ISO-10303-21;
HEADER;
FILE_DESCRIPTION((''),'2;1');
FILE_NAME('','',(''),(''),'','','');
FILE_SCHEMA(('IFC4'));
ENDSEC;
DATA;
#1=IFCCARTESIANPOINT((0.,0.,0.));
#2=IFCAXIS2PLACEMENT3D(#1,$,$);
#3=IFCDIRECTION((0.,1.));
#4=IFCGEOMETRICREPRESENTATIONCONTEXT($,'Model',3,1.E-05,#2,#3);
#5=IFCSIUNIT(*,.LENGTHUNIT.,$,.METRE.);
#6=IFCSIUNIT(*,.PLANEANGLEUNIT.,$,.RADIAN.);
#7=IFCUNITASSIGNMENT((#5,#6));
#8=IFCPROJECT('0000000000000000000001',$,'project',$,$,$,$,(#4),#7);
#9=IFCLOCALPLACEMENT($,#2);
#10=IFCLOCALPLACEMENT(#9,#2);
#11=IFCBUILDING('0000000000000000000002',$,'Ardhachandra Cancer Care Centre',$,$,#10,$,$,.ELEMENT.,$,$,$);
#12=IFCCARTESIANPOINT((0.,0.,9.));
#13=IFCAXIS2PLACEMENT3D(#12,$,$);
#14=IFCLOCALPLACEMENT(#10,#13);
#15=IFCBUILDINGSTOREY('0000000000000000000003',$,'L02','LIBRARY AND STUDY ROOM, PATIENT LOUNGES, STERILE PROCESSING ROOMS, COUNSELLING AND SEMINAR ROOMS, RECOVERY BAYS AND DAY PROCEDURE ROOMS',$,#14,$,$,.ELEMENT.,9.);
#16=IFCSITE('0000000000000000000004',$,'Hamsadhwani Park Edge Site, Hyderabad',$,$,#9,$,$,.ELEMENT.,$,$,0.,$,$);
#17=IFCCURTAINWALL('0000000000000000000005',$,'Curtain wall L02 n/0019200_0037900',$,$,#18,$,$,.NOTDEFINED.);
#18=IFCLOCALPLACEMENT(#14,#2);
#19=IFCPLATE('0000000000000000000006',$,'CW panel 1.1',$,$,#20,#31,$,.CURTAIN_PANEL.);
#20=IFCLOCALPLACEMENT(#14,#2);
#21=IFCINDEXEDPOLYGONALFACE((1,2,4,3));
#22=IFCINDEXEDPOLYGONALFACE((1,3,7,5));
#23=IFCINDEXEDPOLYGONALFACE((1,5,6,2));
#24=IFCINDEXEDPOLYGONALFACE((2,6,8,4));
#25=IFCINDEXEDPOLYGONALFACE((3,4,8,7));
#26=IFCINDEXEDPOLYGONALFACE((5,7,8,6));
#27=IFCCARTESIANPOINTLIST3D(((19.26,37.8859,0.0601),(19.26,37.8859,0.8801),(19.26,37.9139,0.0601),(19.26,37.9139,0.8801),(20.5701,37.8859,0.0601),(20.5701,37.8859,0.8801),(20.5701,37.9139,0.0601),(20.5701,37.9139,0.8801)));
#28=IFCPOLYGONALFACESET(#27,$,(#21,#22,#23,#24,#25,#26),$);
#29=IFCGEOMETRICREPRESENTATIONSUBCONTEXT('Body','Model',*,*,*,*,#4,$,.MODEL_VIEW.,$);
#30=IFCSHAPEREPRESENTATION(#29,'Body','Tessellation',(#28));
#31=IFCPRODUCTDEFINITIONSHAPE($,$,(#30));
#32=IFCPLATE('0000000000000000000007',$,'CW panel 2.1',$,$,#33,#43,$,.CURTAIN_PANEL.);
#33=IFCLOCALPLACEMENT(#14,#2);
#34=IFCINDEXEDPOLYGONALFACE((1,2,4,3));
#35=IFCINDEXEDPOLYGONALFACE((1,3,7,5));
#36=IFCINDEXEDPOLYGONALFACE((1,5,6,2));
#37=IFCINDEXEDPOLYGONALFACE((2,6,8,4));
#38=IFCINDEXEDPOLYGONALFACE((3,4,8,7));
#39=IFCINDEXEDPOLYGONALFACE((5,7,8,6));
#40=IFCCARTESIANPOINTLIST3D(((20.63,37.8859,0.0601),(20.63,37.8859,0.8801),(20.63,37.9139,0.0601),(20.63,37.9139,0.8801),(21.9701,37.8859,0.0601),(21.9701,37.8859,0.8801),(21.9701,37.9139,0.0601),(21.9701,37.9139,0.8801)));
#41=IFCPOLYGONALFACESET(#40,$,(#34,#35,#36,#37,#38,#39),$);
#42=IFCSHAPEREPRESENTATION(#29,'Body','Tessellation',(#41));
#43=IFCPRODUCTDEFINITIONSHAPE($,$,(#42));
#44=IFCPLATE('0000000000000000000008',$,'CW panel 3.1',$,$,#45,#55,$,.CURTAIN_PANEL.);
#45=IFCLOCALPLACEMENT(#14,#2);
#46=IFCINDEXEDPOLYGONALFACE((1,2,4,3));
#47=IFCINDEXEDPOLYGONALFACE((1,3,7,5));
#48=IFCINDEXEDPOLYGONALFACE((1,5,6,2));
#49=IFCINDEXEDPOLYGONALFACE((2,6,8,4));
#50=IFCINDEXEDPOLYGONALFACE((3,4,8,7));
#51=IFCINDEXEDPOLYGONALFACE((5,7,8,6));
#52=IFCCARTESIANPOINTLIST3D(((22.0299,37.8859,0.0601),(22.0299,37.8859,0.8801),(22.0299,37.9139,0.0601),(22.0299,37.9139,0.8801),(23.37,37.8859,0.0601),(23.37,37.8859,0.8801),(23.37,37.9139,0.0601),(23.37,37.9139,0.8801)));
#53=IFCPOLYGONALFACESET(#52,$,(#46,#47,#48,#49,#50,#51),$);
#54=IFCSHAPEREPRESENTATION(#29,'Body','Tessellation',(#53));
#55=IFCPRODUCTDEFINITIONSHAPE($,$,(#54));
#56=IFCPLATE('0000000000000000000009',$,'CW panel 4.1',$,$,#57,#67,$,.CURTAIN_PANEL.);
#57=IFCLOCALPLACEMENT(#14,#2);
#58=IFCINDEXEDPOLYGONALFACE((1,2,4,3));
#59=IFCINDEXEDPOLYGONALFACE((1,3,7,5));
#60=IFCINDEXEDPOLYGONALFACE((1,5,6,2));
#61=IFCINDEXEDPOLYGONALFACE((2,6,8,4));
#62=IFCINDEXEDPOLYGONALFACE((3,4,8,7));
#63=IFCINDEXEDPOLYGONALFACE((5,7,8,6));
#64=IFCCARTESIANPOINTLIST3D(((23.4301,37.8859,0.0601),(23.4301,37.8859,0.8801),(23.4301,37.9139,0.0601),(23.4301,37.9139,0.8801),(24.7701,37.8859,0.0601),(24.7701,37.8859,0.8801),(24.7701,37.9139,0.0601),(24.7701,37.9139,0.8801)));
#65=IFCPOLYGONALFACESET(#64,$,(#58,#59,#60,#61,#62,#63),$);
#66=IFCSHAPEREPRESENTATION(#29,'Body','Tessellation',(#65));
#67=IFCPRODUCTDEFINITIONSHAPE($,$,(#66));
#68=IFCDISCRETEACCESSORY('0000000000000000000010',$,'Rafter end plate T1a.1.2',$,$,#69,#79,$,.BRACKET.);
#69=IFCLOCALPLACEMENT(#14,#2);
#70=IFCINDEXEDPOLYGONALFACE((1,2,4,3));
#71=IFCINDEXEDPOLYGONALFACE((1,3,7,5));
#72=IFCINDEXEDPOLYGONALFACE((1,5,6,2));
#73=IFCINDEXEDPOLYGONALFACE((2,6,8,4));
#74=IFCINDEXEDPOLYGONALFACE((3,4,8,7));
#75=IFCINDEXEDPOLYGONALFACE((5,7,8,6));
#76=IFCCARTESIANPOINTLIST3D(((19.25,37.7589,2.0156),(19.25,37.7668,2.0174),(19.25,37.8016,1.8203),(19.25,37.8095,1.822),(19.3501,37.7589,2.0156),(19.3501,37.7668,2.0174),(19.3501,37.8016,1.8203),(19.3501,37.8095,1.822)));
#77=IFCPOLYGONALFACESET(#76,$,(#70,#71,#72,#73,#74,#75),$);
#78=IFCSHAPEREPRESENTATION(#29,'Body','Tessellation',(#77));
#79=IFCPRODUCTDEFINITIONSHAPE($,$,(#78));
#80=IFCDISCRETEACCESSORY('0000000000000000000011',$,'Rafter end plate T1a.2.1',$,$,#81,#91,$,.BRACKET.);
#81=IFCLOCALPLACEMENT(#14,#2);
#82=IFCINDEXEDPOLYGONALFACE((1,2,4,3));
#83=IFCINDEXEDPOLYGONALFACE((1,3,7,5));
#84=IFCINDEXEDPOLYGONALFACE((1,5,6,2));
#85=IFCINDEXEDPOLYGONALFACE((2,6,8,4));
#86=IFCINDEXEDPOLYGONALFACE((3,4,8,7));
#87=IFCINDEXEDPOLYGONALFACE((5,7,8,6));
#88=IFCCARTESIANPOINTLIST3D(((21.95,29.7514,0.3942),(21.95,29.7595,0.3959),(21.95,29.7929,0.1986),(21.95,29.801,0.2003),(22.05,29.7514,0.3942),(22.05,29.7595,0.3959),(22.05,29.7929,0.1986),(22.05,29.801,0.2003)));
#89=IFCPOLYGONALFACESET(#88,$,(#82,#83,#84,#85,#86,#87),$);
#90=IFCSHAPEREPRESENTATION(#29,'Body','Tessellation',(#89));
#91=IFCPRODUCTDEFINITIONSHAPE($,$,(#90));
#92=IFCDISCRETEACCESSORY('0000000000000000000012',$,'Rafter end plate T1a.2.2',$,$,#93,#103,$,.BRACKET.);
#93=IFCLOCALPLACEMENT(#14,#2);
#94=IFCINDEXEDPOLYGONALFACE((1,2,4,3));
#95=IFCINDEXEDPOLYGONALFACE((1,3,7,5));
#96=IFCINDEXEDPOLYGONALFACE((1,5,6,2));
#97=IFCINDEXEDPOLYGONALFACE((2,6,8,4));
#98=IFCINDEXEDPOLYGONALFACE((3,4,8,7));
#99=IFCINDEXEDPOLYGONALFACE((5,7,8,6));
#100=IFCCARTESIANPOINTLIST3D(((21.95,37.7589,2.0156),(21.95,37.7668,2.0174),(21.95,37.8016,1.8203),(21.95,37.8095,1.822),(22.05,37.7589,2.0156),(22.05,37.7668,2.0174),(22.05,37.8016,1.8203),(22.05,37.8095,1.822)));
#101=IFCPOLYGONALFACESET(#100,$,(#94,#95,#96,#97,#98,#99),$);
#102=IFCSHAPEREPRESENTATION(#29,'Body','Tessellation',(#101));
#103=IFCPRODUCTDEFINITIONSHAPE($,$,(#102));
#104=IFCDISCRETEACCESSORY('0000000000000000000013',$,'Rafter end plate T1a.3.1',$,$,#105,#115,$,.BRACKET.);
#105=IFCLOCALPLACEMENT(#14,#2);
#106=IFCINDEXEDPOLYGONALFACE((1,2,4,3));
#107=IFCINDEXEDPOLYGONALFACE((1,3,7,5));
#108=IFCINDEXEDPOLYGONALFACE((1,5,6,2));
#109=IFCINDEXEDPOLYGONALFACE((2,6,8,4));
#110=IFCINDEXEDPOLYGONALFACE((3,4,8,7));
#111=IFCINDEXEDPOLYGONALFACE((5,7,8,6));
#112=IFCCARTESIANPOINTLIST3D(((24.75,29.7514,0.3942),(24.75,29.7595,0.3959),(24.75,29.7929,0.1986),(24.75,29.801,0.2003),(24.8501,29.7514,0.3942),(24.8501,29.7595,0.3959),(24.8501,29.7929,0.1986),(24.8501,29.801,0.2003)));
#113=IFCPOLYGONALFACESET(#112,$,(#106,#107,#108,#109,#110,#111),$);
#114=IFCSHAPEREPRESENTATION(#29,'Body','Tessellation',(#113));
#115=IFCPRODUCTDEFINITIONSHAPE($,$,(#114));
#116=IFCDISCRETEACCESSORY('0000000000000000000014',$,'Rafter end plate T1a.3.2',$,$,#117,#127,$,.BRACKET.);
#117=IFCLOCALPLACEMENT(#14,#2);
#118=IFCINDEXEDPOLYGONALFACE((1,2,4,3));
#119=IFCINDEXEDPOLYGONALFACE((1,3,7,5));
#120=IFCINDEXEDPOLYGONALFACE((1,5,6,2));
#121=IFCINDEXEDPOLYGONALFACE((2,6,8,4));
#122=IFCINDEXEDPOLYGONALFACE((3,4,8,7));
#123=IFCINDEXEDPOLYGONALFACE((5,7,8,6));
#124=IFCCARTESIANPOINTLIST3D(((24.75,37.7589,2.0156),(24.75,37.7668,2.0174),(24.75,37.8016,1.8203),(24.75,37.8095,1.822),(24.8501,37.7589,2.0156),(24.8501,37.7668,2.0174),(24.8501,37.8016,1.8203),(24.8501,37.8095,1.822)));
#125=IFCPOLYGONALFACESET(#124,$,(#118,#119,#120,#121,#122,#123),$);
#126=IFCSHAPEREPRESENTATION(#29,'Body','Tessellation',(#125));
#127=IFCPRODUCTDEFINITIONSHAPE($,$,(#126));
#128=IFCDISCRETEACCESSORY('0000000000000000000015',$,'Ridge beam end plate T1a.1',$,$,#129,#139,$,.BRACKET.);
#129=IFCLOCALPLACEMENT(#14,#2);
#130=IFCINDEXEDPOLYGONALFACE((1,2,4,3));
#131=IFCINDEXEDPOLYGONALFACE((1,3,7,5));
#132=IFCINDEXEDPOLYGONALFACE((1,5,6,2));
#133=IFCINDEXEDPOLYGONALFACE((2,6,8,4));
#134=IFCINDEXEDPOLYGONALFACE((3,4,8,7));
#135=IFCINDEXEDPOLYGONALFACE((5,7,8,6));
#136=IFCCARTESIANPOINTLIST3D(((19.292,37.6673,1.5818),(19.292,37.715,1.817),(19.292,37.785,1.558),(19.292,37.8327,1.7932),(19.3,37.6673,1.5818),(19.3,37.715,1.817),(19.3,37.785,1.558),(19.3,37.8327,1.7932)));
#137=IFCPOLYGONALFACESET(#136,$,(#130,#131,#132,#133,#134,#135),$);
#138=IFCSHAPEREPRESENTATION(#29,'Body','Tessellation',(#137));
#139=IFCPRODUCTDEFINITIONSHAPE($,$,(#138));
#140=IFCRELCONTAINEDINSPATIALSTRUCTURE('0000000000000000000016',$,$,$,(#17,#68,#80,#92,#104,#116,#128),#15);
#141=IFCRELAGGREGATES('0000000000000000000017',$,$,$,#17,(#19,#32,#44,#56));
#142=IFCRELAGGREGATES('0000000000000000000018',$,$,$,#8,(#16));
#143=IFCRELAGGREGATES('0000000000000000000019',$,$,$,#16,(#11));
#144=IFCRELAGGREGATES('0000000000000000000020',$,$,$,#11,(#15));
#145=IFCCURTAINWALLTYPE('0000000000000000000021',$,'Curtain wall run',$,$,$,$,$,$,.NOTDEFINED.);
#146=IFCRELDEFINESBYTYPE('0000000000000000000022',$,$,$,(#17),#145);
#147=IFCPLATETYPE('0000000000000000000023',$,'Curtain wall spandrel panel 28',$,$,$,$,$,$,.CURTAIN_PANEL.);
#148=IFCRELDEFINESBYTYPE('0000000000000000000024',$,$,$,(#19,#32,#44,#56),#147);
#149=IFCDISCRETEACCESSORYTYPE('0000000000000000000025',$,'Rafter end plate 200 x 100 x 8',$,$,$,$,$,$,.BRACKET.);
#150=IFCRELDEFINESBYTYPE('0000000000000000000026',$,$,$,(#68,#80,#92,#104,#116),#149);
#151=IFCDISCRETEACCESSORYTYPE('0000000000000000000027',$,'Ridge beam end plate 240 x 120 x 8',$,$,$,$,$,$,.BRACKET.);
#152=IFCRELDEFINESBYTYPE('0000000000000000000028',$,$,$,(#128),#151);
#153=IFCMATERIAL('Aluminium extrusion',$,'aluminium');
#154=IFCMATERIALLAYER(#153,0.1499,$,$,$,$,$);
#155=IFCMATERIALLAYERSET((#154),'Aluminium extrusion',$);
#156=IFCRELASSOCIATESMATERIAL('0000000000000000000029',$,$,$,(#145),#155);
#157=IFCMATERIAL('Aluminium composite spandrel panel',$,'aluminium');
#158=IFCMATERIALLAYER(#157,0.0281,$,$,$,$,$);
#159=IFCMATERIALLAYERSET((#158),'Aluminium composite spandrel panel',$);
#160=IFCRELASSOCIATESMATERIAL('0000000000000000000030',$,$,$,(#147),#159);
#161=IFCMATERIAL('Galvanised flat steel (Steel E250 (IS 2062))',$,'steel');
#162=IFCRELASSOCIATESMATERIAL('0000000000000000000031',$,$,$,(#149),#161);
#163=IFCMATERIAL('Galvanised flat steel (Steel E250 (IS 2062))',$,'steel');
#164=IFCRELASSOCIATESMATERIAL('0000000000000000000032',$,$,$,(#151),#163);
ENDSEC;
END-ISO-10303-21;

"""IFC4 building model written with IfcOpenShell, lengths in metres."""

from ifc_helpers import new_model, si_unit, direction, frame, origin, origin_2d, place, context, subcontext, project, spatial, rectangle, extrude, material, layer, layer_set, material_profile, profile_set, type_object, element, aggregate, save


model = new_model("IFC4")

# Units and contexts
model_context = context("Model", 3, precision=1e-05, world=origin(), true_north=direction((0.0, 1.0)))
body_context = subcontext(model_context, "Body", "Model", "MODEL_VIEW")
ifc_project = project(units=[si_unit("LENGTHUNIT", "METRE"), si_unit("PLANEANGLEUNIT", "RADIAN")], contexts=[model_context])

# Site, building, storey
site_placement = place(None, origin())
site = spatial("IfcSite", under=ifc_project, at=site_placement, Name="Hamsadhwani Park Edge Site, Hyderabad", CompositionType="ELEMENT", RefElevation=0.0)
building_placement = place(site_placement, origin())
building = spatial("IfcBuilding", under=site, at=building_placement, Name="Ardhachandra Cancer Care Centre", CompositionType="ELEMENT")
storey_placement = place(building_placement, frame((0.0, 0.0, 9.0)))
storey = spatial("IfcBuildingStorey", under=building, at=storey_placement, Name="L02", Description="LIBRARY AND STUDY ROOM, PATIENT LOUNGES, STERILE PROCESSING ROOMS, COUNSELLING AND SEMINAR ROOMS, RECOVERY BAYS AND DAY PROCEDURE ROOMS", CompositionType="ELEMENT", Elevation=9.0)

# Curtain wall
ifc_material_1 = material(Name="Aluminium extrusion", Category="aluminium")
ifc_layer_1 = layer(ifc_material_1, 0.1499)
ifc_layer_set_1 = layer_set([ifc_layer_1], Name="Aluminium extrusion")
curtain_wall_type = type_object("IfcCurtainWallType", Name="Curtain wall run", PredefinedType="NOTDEFINED", material=ifc_layer_set_1)
curtain_wall_placement = place(storey_placement, origin())
curtain_wall = element("IfcCurtainWall", 1, at=curtain_wall_placement, inside=storey, type_object=curtain_wall_type, Name="Curtain wall L02 n/0019200_0037900", PredefinedType="NOTDEFINED")

# Plates
ifc_material_2 = material(Name="Aluminium composite spandrel panel", Category="aluminium")
ifc_layer_2 = layer(ifc_material_2, 0.0281)
ifc_layer_set_2 = layer_set([ifc_layer_2], Name="Aluminium composite spandrel panel")
plate_type_1 = type_object("IfcPlateType", Name="Curtain wall spandrel panel 28", PredefinedType="CURTAIN_PANEL", material=ifc_layer_set_2)
plate_1_placement = place(storey_placement, frame((19.915, 37.8999, 0.0601), z_axis=(0.0, 0.0, 1.0), x_axis=(1.0, 0.0, 0.0)))
plate_1 = element("IfcPlate", 2, at=plate_1_placement, type_object=plate_type_1, Name="CW panel 1.1", PredefinedType="CURTAIN_PANEL", context=body_context, shape_type="SweptSolid", body=[
    extrude(rectangle(XDim=1.3101, YDim=0.0281, at=origin_2d()), origin(), (0.0, 0.0, 1.0), 0.8201),
])
plate_2_placement = place(storey_placement, frame((21.3, 37.8999, 0.0601), z_axis=(0.0, 0.0, 1.0), x_axis=(1.0, 0.0, 0.0)))
plate_2 = element("IfcPlate", 3, at=plate_2_placement, type_object=plate_type_1, Name="CW panel 2.1", PredefinedType="CURTAIN_PANEL", context=body_context, shape_type="SweptSolid", body=[
    extrude(rectangle(XDim=1.3401, YDim=0.0281, at=origin_2d()), origin(), (0.0, 0.0, 1.0), 0.8201),
])
plate_3_placement = place(storey_placement, frame((22.7, 37.8999, 0.0601), z_axis=(0.0, 0.0, 1.0), x_axis=(1.0, 0.0, 0.0)))
plate_3 = element("IfcPlate", 4, at=plate_3_placement, type_object=plate_type_1, Name="CW panel 3.1", PredefinedType="CURTAIN_PANEL", context=body_context, shape_type="SweptSolid", body=[
    extrude(rectangle(XDim=1.3401, YDim=0.0281, at=origin_2d()), origin(), (0.0, 0.0, 1.0), 0.8201),
])
plate_4_placement = place(storey_placement, frame((24.1001, 37.8999, 0.0601), z_axis=(0.0, 0.0, 1.0), x_axis=(1.0, 0.0, 0.0)))
plate_4 = element("IfcPlate", 5, at=plate_4_placement, type_object=plate_type_1, Name="CW panel 4.1", PredefinedType="CURTAIN_PANEL", context=body_context, shape_type="SweptSolid", body=[
    extrude(rectangle(XDim=1.3401, YDim=0.0281, at=origin_2d()), origin(), (0.0, 0.0, 1.0), 0.8201),
])
aggregate(curtain_wall, [plate_1, plate_2, plate_3, plate_4])

# Discrete accessories
ifc_material_3 = material(Name="Galvanised flat steel (Steel E250 (IS 2062))", Category="steel")
ifc_material_profile_1 = material_profile(ifc_material_3, rectangle(XDim=0.1001, YDim=0.2, at=origin_2d()), Name="Rafter end plate 200 x 100 x 8")
ifc_profile_set_1 = profile_set([ifc_material_profile_1], Name="Galvanised flat steel (Steel E250 (IS 2062))")
discrete_accessory_type_1 = type_object("IfcDiscreteAccessoryType", Name="Rafter end plate 200 x 100 x 8", PredefinedType="BRACKET", material=ifc_profile_set_1)
discrete_accessory_1_placement = place(storey_placement, frame((19.3, 37.7803, 1.918), z_axis=(0.0, 0.9769, 0.213697), x_axis=(-1.0, 0.0, 0.0)))
element("IfcDiscreteAccessory", 6, at=discrete_accessory_1_placement, inside=storey, type_object=discrete_accessory_type_1, Name="Rafter end plate T1a.1.2", PredefinedType="BRACKET", context=body_context, shape_type="SweptSolid", body=[
    extrude(rectangle(XDim=0.1001, YDim=0.2, at=origin_2d()), origin(), (0.0, 0.0, 1.0), 0.0081),
])
discrete_accessory_2_placement = place(storey_placement, frame((22.0, 29.7803, 0.2981), z_axis=(0.0, -0.978234, -0.207504), x_axis=(1.0, 0.0, 0.0)))
element("IfcDiscreteAccessory", 7, at=discrete_accessory_2_placement, inside=storey, type_object=discrete_accessory_type_1, Name="Rafter end plate T1a.2.1", PredefinedType="BRACKET", context=body_context, shape_type="SweptSolid", body=[
    extrude(rectangle(XDim=0.1001, YDim=0.2, at=origin_2d()), origin(), (0.0, 0.0, 1.0), 0.0083),
])
discrete_accessory_3_placement = place(storey_placement, frame((22.0, 37.7803, 1.918), z_axis=(0.0, 0.9769, 0.213697), x_axis=(-1.0, 0.0, 0.0)))
element("IfcDiscreteAccessory", 8, at=discrete_accessory_3_placement, inside=storey, type_object=discrete_accessory_type_1, Name="Rafter end plate T1a.2.2", PredefinedType="BRACKET", context=body_context, shape_type="SweptSolid", body=[
    extrude(rectangle(XDim=0.1001, YDim=0.2, at=origin_2d()), origin(), (0.0, 0.0, 1.0), 0.0081),
])
discrete_accessory_4_placement = place(storey_placement, frame((24.8, 29.7803, 0.2981), z_axis=(0.0, -0.978234, -0.207504), x_axis=(1.0, 0.0, 0.0)))
element("IfcDiscreteAccessory", 9, at=discrete_accessory_4_placement, inside=storey, type_object=discrete_accessory_type_1, Name="Rafter end plate T1a.3.1", PredefinedType="BRACKET", context=body_context, shape_type="SweptSolid", body=[
    extrude(rectangle(XDim=0.1001, YDim=0.2, at=origin_2d()), origin(), (0.0, 0.0, 1.0), 0.0083),
])
discrete_accessory_5_placement = place(storey_placement, frame((24.8, 37.7803, 1.918), z_axis=(0.0, 0.9769, 0.213697), x_axis=(-1.0, 0.0, 0.0)))
element("IfcDiscreteAccessory", 10, at=discrete_accessory_5_placement, inside=storey, type_object=discrete_accessory_type_1, Name="Rafter end plate T1a.3.2", PredefinedType="BRACKET", context=body_context, shape_type="SweptSolid", body=[
    extrude(rectangle(XDim=0.1001, YDim=0.2, at=origin_2d()), origin(), (0.0, 0.0, 1.0), 0.0081),
])
ifc_material_4 = material(Name="Galvanised flat steel (Steel E250 (IS 2062))", Category="steel")
ifc_material_profile_2 = material_profile(ifc_material_4, rectangle(XDim=0.1201, YDim=0.24, at=origin_2d()), Name="Ridge beam end plate 240 x 120 x 8")
ifc_profile_set_2 = profile_set([ifc_material_profile_2], Name="Galvanised flat steel (Steel E250 (IS 2062))")
discrete_accessory_type_2 = type_object("IfcDiscreteAccessoryType", Name="Ridge beam end plate 240 x 120 x 8", PredefinedType="BRACKET", material=ifc_profile_set_2)
discrete_accessory_6_placement = place(storey_placement, frame((19.3, 37.75, 1.6875), z_axis=(-1.0, 0.0, 0.0), x_axis=(0.0, -0.980107, 0.198472)))
element("IfcDiscreteAccessory", 11, at=discrete_accessory_6_placement, inside=storey, type_object=discrete_accessory_type_2, Name="Ridge beam end plate T1a.1", PredefinedType="BRACKET", context=body_context, shape_type="SweptSolid", body=[
    extrude(rectangle(XDim=0.1201, YDim=0.24, at=origin_2d()), origin(), (0.0, 0.0, 1.0), 0.0081),
])

save(model, "model.ifc")
